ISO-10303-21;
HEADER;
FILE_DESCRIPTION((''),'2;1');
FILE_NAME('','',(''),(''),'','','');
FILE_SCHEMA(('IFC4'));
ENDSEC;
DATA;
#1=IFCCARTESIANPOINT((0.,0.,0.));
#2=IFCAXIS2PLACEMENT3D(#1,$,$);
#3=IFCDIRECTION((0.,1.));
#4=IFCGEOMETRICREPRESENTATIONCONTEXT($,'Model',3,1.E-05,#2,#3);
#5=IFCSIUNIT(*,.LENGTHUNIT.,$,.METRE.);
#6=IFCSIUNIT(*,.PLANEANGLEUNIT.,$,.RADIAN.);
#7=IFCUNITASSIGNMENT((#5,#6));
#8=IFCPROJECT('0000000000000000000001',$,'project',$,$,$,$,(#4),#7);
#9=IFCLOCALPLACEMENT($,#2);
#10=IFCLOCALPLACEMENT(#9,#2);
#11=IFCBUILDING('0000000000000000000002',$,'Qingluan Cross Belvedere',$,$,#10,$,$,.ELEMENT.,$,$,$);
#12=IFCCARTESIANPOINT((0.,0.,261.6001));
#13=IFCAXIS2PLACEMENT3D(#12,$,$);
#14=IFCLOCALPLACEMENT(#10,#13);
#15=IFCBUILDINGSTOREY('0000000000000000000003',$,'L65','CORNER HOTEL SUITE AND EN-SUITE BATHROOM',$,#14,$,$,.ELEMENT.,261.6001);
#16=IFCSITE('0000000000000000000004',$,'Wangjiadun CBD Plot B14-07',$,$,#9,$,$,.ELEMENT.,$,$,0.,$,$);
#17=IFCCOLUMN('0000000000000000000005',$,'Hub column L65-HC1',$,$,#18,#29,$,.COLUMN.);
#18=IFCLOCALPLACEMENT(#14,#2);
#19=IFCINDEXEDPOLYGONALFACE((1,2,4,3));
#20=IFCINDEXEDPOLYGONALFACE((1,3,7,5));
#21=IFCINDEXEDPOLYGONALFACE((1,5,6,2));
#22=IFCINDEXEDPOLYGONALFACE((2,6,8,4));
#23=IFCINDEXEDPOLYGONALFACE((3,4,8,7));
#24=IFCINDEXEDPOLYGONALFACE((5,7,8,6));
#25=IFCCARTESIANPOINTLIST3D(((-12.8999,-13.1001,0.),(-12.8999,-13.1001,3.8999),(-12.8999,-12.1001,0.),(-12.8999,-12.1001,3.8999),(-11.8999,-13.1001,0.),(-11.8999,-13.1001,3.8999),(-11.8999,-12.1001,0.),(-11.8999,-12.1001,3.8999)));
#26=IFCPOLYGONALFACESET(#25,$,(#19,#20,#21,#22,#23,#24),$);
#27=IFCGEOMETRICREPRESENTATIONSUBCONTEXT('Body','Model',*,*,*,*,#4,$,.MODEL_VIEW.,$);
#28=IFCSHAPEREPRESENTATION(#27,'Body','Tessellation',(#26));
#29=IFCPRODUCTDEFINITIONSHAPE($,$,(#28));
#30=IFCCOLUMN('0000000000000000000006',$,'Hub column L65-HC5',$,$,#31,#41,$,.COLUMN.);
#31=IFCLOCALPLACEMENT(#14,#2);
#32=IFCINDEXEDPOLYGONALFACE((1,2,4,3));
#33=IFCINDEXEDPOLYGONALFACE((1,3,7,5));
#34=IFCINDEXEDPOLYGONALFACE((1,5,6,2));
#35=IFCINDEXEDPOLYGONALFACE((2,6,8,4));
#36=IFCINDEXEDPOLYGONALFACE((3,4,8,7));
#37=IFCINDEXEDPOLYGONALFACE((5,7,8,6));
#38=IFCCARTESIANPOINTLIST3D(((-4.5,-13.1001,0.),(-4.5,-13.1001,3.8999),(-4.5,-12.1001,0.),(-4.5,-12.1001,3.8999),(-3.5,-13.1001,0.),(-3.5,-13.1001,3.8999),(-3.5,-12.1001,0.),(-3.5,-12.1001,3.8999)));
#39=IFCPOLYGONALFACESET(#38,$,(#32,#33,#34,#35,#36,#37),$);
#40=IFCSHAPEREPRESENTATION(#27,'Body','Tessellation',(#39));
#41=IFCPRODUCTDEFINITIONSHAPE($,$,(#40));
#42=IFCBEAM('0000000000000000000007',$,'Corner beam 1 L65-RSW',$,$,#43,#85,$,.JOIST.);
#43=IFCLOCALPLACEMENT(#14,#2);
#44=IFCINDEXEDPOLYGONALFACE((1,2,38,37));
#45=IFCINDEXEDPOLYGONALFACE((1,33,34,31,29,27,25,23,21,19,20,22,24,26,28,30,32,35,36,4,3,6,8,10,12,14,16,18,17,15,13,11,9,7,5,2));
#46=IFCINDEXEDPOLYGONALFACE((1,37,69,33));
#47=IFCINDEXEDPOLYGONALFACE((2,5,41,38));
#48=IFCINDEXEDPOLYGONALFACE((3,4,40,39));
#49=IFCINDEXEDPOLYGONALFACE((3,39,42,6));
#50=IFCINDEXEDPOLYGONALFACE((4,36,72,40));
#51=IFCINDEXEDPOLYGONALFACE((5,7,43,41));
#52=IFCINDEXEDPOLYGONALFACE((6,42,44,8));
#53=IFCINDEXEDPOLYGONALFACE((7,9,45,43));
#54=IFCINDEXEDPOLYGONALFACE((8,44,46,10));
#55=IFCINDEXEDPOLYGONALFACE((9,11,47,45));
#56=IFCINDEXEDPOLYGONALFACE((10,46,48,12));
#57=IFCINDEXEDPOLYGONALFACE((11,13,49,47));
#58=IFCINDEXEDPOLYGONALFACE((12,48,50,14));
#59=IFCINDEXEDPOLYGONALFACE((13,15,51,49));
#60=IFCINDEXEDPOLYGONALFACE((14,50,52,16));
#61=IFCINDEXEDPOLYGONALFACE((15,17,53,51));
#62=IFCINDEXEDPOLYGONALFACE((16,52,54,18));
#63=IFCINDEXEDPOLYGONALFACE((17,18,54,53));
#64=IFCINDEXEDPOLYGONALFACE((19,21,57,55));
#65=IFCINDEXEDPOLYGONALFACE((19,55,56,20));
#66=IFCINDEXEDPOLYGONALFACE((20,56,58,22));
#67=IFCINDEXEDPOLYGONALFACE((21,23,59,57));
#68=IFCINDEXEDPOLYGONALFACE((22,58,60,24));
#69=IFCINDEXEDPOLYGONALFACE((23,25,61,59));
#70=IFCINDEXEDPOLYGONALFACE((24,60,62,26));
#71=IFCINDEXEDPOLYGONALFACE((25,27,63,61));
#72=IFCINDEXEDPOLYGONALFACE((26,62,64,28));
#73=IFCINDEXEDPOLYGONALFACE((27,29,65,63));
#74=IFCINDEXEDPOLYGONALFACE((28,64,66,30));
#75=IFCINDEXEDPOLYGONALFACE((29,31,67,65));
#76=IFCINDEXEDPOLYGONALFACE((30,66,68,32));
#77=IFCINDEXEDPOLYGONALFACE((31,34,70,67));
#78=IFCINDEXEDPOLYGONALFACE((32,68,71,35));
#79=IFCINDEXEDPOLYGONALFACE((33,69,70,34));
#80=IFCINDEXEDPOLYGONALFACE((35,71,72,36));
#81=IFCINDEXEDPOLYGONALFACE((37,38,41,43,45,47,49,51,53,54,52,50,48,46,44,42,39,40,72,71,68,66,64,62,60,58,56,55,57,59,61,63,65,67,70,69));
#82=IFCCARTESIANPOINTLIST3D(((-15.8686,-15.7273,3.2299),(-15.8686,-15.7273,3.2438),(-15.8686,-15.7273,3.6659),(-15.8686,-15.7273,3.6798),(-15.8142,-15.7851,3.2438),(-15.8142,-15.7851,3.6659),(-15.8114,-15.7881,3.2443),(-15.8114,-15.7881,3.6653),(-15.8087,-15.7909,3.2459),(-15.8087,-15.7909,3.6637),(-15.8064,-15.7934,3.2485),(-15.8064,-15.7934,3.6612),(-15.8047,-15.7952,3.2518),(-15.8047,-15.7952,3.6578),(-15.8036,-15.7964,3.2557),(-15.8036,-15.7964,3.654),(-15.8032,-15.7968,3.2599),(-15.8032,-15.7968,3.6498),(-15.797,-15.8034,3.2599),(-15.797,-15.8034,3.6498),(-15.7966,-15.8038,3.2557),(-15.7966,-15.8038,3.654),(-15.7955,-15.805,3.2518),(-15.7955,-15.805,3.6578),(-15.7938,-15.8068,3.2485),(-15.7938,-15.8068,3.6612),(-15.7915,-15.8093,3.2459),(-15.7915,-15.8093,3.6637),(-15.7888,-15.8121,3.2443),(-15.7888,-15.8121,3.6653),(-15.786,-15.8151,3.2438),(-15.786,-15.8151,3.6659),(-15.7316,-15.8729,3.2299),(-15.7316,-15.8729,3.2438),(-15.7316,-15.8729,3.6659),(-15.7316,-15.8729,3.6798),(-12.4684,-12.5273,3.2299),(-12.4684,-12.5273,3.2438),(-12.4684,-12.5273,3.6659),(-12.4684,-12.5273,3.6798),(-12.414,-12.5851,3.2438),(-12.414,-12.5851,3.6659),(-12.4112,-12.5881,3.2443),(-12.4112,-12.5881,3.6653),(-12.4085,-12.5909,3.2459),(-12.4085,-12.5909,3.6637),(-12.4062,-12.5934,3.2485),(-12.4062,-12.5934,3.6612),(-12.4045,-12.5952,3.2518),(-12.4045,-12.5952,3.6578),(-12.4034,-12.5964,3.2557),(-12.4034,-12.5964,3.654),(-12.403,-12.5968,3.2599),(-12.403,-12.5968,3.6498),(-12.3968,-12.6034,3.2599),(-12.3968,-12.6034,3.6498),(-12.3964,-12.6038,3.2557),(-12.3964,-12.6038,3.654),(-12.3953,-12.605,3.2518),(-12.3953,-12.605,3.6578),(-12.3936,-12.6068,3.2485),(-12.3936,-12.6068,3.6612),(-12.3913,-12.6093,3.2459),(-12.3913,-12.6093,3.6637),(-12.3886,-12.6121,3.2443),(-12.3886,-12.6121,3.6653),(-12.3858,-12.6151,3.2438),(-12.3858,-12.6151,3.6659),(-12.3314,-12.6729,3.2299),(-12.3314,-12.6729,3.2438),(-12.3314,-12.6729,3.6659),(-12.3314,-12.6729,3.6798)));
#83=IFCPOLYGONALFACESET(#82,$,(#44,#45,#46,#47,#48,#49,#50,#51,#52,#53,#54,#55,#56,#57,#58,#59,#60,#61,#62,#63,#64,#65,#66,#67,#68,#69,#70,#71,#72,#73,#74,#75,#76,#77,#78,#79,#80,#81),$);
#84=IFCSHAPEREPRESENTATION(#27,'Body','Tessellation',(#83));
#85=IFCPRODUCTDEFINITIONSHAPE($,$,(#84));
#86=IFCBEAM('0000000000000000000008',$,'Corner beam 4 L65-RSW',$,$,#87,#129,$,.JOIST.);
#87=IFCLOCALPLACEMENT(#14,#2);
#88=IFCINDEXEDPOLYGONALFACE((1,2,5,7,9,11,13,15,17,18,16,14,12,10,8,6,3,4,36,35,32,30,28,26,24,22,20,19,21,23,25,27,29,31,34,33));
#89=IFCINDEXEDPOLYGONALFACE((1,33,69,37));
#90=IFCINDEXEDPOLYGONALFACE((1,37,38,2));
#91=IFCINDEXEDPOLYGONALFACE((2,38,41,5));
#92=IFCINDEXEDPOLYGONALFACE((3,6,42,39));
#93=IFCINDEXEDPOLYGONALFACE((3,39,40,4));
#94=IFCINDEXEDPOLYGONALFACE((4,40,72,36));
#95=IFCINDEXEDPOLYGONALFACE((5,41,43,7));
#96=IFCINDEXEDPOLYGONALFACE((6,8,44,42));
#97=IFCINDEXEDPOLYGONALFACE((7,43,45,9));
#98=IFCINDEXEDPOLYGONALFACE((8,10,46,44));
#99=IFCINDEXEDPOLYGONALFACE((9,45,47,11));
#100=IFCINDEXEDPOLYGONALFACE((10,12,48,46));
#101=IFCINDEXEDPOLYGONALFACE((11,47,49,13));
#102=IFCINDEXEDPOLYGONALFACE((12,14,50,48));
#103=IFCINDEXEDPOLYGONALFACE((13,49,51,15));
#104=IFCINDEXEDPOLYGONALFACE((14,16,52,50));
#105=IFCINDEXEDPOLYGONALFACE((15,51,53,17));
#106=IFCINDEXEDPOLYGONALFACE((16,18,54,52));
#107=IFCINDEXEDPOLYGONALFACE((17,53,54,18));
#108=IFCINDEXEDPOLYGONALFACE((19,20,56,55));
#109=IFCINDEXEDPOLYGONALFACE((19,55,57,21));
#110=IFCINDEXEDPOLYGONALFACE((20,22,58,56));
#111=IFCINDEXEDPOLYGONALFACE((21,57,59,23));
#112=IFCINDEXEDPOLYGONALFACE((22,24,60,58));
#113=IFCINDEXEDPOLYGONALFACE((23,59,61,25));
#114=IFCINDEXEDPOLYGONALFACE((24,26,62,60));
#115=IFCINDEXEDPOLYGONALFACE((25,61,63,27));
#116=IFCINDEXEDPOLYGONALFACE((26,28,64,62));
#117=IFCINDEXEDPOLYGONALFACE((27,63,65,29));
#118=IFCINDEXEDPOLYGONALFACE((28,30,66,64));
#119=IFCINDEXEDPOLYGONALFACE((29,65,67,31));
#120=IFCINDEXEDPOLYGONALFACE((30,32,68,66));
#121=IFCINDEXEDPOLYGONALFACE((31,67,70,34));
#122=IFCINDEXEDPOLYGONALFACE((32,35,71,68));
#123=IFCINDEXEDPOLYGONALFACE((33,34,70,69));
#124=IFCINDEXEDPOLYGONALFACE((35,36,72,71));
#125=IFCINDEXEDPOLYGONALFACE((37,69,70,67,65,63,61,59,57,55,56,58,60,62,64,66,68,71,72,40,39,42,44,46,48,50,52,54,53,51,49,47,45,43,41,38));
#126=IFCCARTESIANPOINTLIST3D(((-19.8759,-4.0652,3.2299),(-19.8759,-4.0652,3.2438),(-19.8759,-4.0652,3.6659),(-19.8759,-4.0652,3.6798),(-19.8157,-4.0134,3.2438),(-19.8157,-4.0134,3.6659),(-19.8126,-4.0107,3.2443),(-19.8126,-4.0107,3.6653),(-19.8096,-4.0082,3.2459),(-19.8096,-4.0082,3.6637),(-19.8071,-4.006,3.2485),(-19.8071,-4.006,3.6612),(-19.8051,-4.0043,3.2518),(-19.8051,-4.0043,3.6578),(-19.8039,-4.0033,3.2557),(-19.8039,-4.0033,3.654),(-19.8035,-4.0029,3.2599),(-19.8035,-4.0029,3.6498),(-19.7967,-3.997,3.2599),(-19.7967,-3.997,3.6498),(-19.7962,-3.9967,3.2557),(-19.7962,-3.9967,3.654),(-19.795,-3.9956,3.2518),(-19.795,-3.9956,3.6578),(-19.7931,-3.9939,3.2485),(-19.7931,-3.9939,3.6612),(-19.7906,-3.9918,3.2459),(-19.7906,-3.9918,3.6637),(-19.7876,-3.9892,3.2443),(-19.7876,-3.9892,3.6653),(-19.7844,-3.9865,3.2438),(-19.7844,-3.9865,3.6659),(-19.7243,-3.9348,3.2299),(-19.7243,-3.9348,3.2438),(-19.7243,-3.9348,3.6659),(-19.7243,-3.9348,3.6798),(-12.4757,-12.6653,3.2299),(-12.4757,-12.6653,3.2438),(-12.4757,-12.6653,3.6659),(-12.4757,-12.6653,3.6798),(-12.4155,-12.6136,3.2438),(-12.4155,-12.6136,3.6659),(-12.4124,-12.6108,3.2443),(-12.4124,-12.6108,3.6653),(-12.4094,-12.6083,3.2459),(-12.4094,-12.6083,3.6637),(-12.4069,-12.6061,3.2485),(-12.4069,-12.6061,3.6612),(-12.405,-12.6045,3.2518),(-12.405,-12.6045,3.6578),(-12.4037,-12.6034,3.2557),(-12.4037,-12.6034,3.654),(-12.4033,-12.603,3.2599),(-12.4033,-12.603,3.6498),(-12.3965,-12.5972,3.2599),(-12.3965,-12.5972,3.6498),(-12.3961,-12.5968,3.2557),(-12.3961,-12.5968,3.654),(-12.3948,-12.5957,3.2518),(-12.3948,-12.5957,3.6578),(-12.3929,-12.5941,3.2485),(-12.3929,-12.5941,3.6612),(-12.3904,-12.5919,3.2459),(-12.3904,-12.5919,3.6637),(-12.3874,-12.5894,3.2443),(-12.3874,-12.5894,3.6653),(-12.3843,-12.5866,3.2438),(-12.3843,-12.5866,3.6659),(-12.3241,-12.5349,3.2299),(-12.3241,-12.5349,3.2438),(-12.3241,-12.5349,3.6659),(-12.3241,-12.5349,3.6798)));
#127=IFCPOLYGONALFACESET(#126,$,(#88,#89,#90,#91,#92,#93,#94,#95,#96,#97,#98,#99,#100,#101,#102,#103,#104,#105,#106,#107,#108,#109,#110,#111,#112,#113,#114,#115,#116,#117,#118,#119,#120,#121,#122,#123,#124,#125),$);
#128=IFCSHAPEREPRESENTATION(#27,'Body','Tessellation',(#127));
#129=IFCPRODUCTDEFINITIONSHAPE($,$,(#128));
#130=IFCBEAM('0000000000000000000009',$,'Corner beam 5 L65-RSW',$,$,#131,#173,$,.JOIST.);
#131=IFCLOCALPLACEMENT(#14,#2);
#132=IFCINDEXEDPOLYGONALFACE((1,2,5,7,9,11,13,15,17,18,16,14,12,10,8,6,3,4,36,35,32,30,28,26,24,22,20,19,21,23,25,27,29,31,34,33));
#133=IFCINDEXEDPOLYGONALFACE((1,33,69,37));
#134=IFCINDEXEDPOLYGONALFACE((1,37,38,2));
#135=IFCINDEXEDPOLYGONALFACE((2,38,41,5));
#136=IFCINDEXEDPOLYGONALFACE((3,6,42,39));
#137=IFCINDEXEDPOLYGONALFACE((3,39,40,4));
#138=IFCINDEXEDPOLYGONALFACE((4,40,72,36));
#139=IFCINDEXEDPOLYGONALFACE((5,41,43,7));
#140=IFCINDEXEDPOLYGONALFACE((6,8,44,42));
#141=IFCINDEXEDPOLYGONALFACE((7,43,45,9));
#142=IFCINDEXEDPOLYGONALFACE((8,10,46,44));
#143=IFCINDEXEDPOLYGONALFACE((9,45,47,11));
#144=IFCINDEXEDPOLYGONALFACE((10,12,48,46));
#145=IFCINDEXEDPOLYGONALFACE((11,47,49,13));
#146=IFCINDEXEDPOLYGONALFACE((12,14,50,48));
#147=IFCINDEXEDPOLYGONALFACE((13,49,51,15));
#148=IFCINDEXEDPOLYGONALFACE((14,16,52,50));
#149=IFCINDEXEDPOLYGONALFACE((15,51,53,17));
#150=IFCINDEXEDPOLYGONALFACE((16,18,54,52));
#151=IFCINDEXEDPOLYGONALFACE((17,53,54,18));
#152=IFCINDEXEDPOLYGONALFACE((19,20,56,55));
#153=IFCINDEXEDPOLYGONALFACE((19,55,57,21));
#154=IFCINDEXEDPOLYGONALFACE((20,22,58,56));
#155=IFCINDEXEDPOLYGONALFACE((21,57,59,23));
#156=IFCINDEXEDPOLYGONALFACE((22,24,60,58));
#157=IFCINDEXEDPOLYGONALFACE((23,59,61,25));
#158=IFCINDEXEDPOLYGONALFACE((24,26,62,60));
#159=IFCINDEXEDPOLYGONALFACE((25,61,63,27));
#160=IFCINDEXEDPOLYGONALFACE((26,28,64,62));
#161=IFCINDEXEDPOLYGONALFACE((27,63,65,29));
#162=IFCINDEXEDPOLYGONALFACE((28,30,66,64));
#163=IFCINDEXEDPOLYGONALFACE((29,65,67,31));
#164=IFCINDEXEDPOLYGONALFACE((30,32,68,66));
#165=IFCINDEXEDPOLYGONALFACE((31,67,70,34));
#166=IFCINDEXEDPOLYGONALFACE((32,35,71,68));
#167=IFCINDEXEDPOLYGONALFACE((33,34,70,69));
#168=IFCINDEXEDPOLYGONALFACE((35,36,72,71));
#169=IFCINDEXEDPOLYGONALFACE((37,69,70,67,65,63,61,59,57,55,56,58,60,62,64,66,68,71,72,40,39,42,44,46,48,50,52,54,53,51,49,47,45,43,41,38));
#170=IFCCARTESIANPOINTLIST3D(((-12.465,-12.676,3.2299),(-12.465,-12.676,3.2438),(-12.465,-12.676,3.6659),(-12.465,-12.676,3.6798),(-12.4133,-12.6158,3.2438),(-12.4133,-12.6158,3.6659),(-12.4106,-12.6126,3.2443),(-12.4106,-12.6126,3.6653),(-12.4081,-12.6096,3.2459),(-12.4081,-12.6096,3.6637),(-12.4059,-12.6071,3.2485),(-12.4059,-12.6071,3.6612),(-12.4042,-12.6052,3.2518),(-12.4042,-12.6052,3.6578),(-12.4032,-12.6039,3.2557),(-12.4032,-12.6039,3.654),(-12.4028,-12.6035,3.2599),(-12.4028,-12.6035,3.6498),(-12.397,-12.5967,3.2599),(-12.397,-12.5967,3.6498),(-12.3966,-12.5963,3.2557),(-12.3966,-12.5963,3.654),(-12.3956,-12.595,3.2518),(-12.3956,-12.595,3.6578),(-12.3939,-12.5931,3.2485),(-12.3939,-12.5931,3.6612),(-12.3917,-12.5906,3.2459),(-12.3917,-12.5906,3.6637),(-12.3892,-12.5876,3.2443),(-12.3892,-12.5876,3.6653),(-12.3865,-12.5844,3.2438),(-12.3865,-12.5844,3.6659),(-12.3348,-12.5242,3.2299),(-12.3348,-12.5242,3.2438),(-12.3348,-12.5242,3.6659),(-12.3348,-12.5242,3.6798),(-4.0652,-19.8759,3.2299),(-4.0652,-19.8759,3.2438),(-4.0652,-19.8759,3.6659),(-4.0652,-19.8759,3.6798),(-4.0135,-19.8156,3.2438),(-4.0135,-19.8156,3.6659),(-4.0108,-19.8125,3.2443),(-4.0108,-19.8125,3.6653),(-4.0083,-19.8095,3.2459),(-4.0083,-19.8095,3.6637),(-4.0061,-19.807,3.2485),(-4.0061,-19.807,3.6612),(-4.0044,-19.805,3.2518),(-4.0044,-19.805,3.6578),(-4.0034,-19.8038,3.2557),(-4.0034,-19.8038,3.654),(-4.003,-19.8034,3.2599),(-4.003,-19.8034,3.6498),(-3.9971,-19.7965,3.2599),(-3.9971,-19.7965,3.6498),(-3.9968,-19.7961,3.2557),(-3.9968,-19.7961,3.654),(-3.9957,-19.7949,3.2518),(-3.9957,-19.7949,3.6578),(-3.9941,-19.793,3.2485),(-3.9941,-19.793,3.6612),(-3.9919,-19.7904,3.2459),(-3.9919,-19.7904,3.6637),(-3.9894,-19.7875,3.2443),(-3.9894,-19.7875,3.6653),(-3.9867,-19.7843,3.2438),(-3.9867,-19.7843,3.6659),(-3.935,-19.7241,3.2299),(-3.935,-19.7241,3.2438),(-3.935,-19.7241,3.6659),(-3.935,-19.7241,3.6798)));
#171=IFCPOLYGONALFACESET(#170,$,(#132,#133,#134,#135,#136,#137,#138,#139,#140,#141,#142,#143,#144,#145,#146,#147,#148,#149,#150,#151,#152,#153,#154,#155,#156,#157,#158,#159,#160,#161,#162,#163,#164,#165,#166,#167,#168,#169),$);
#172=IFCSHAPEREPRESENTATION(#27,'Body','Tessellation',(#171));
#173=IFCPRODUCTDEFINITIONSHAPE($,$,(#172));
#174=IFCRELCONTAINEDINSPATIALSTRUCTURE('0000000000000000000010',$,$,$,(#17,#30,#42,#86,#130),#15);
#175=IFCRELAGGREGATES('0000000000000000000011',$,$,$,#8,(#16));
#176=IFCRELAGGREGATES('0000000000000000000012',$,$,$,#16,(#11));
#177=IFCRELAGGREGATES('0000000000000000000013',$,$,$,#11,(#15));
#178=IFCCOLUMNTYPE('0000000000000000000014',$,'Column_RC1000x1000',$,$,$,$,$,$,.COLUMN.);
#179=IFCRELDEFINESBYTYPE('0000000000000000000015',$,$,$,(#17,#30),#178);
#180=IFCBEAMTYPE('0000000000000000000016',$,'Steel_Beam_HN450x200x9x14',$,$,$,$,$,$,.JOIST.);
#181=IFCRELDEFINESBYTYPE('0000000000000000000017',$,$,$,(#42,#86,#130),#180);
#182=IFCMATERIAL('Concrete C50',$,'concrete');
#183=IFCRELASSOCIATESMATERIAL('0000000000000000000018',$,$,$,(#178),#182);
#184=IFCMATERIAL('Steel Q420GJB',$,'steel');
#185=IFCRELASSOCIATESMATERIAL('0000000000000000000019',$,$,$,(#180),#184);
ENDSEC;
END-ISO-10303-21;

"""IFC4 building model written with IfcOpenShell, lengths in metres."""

from ifc_helpers import new_model, si_unit, direction, frame, origin, origin_2d, place, context, subcontext, project, spatial, rectangle, i_section, extrude, material, material_profile, profile_set, type_object, element, save


model = new_model("IFC4")

# Units and contexts
model_context = context("Model", 3, precision=1e-05, world=origin(), true_north=direction((0.0, 1.0)))
body_context = subcontext(model_context, "Body", "Model", "MODEL_VIEW")
ifc_project = project(units=[si_unit("LENGTHUNIT", "METRE"), si_unit("PLANEANGLEUNIT", "RADIAN")], contexts=[model_context])

# Site, building, storey
site_placement = place(None, origin())
site = spatial("IfcSite", under=ifc_project, at=site_placement, Name="Wangjiadun CBD Plot B14-07", CompositionType="ELEMENT", RefElevation=0.0)
building_placement = place(site_placement, origin())
building = spatial("IfcBuilding", under=site, at=building_placement, Name="Qingluan Cross Belvedere", CompositionType="ELEMENT")
storey_placement = place(building_placement, frame((0.0, 0.0, 261.6001)))
storey = spatial("IfcBuildingStorey", under=building, at=storey_placement, Name="L65", Description="CORNER HOTEL SUITE AND EN-SUITE BATHROOM", CompositionType="ELEMENT", Elevation=261.6001)

# Columns
ifc_material_1 = material(Name="Concrete C50", Category="concrete")
ifc_material_profile_1 = material_profile(ifc_material_1, rectangle(XDim=1.0, YDim=1.0, at=origin_2d()), Name="RC1000x1000")
ifc_profile_set_1 = profile_set([ifc_material_profile_1], Name="Concrete C50")
column_type = type_object("IfcColumnType", Name="Column_RC1000x1000", PredefinedType="COLUMN", material=ifc_profile_set_1)
for number, where, z_axis, x_axis, name in (
    (1, (-12.3999, -12.6001, 0.0), (0.0, 0.0, 1.0), (1.0, 0.0, 0.0), "Hub column L65-HC1"),
    (2, (-4.0, -12.6001, 0.0), (0.0, 0.0, 1.0), (1.0, 0.0, 0.0), "Hub column L65-HC5"),
):
    element("IfcColumn", number, at=place(storey_placement, frame(where, z_axis=z_axis, x_axis=x_axis)), inside=storey, type_object=column_type, Name=name, PredefinedType="COLUMN", context=body_context, shape_type="SweptSolid", body=[
        extrude(rectangle(XDim=1.0, YDim=1.0, at=origin_2d()), origin(), (0.0, 0.0, 1.0), 3.8999),
    ])

# Beams
ifc_material_2 = material(Name="Steel Q420GJB", Category="steel")
ifc_material_profile_2 = material_profile(ifc_material_2, i_section(OverallWidth=0.2, OverallDepth=0.45, WebThickness=0.009, FlangeThickness=0.0139, FilletRadius=0.0161, at=origin_2d()), Name="HN450x200x9x14")
ifc_profile_set_2 = profile_set([ifc_material_profile_2], Name="Steel Q420GJB")
beam_type_1 = type_object("IfcBeamType", Name="Steel_Beam_HN450x200x9x14", PredefinedType="JOIST", material=ifc_profile_set_2)
beam_1_placement = place(storey_placement, frame((-12.3999, -12.6001, 3.4548), z_axis=(-0.72822, -0.685343, 0.0), x_axis=(0.685343, -0.72822, 0.0)))
element("IfcBeam", 3, at=beam_1_placement, inside=storey, type_object=beam_type_1, Name="Corner beam 1 L65-RSW", PredefinedType="JOIST", context=body_context, shape_type="SweptSolid", body=[
    extrude(i_section(OverallWidth=0.2, OverallDepth=0.45, WebThickness=0.009, FlangeThickness=0.0139, FilletRadius=0.0161, at=origin_2d()), origin(), (0.0, 0.0, 1.0), 4.6692),
])
beam_2_placement = place(storey_placement, frame((-12.3999, -12.6001, 3.4548), z_axis=(-0.652245, 0.758008, 0.0), x_axis=(-0.758008, -0.652245, 0.0)))
element("IfcBeam", 4, at=beam_2_placement, inside=storey, type_object=beam_type_1, Name="Corner beam 4 L65-RSW", PredefinedType="JOIST", context=body_context, shape_type="SweptSolid", body=[
    extrude(i_section(OverallWidth=0.2, OverallDepth=0.45, WebThickness=0.009, FlangeThickness=0.0139, FilletRadius=0.0161, at=origin_2d()), origin(), (0.0, 0.0, 1.0), 11.3457),
])
beam_3_placement = place(storey_placement, frame((-12.3999, -12.6001, 3.4548), z_axis=(0.759255, -0.650793, 0.0), x_axis=(0.650793, 0.759255, 0.0)))
element("IfcBeam", 5, at=beam_3_placement, inside=storey, type_object=beam_type_1, Name="Corner beam 5 L65-RSW", PredefinedType="JOIST", context=body_context, shape_type="SweptSolid", body=[
    extrude(i_section(OverallWidth=0.2, OverallDepth=0.45, WebThickness=0.009, FlangeThickness=0.0139, FilletRadius=0.0161, at=origin_2d()), origin(), (0.0, 0.0, 1.0), 11.0632),
])

save(model, "model.ifc")
